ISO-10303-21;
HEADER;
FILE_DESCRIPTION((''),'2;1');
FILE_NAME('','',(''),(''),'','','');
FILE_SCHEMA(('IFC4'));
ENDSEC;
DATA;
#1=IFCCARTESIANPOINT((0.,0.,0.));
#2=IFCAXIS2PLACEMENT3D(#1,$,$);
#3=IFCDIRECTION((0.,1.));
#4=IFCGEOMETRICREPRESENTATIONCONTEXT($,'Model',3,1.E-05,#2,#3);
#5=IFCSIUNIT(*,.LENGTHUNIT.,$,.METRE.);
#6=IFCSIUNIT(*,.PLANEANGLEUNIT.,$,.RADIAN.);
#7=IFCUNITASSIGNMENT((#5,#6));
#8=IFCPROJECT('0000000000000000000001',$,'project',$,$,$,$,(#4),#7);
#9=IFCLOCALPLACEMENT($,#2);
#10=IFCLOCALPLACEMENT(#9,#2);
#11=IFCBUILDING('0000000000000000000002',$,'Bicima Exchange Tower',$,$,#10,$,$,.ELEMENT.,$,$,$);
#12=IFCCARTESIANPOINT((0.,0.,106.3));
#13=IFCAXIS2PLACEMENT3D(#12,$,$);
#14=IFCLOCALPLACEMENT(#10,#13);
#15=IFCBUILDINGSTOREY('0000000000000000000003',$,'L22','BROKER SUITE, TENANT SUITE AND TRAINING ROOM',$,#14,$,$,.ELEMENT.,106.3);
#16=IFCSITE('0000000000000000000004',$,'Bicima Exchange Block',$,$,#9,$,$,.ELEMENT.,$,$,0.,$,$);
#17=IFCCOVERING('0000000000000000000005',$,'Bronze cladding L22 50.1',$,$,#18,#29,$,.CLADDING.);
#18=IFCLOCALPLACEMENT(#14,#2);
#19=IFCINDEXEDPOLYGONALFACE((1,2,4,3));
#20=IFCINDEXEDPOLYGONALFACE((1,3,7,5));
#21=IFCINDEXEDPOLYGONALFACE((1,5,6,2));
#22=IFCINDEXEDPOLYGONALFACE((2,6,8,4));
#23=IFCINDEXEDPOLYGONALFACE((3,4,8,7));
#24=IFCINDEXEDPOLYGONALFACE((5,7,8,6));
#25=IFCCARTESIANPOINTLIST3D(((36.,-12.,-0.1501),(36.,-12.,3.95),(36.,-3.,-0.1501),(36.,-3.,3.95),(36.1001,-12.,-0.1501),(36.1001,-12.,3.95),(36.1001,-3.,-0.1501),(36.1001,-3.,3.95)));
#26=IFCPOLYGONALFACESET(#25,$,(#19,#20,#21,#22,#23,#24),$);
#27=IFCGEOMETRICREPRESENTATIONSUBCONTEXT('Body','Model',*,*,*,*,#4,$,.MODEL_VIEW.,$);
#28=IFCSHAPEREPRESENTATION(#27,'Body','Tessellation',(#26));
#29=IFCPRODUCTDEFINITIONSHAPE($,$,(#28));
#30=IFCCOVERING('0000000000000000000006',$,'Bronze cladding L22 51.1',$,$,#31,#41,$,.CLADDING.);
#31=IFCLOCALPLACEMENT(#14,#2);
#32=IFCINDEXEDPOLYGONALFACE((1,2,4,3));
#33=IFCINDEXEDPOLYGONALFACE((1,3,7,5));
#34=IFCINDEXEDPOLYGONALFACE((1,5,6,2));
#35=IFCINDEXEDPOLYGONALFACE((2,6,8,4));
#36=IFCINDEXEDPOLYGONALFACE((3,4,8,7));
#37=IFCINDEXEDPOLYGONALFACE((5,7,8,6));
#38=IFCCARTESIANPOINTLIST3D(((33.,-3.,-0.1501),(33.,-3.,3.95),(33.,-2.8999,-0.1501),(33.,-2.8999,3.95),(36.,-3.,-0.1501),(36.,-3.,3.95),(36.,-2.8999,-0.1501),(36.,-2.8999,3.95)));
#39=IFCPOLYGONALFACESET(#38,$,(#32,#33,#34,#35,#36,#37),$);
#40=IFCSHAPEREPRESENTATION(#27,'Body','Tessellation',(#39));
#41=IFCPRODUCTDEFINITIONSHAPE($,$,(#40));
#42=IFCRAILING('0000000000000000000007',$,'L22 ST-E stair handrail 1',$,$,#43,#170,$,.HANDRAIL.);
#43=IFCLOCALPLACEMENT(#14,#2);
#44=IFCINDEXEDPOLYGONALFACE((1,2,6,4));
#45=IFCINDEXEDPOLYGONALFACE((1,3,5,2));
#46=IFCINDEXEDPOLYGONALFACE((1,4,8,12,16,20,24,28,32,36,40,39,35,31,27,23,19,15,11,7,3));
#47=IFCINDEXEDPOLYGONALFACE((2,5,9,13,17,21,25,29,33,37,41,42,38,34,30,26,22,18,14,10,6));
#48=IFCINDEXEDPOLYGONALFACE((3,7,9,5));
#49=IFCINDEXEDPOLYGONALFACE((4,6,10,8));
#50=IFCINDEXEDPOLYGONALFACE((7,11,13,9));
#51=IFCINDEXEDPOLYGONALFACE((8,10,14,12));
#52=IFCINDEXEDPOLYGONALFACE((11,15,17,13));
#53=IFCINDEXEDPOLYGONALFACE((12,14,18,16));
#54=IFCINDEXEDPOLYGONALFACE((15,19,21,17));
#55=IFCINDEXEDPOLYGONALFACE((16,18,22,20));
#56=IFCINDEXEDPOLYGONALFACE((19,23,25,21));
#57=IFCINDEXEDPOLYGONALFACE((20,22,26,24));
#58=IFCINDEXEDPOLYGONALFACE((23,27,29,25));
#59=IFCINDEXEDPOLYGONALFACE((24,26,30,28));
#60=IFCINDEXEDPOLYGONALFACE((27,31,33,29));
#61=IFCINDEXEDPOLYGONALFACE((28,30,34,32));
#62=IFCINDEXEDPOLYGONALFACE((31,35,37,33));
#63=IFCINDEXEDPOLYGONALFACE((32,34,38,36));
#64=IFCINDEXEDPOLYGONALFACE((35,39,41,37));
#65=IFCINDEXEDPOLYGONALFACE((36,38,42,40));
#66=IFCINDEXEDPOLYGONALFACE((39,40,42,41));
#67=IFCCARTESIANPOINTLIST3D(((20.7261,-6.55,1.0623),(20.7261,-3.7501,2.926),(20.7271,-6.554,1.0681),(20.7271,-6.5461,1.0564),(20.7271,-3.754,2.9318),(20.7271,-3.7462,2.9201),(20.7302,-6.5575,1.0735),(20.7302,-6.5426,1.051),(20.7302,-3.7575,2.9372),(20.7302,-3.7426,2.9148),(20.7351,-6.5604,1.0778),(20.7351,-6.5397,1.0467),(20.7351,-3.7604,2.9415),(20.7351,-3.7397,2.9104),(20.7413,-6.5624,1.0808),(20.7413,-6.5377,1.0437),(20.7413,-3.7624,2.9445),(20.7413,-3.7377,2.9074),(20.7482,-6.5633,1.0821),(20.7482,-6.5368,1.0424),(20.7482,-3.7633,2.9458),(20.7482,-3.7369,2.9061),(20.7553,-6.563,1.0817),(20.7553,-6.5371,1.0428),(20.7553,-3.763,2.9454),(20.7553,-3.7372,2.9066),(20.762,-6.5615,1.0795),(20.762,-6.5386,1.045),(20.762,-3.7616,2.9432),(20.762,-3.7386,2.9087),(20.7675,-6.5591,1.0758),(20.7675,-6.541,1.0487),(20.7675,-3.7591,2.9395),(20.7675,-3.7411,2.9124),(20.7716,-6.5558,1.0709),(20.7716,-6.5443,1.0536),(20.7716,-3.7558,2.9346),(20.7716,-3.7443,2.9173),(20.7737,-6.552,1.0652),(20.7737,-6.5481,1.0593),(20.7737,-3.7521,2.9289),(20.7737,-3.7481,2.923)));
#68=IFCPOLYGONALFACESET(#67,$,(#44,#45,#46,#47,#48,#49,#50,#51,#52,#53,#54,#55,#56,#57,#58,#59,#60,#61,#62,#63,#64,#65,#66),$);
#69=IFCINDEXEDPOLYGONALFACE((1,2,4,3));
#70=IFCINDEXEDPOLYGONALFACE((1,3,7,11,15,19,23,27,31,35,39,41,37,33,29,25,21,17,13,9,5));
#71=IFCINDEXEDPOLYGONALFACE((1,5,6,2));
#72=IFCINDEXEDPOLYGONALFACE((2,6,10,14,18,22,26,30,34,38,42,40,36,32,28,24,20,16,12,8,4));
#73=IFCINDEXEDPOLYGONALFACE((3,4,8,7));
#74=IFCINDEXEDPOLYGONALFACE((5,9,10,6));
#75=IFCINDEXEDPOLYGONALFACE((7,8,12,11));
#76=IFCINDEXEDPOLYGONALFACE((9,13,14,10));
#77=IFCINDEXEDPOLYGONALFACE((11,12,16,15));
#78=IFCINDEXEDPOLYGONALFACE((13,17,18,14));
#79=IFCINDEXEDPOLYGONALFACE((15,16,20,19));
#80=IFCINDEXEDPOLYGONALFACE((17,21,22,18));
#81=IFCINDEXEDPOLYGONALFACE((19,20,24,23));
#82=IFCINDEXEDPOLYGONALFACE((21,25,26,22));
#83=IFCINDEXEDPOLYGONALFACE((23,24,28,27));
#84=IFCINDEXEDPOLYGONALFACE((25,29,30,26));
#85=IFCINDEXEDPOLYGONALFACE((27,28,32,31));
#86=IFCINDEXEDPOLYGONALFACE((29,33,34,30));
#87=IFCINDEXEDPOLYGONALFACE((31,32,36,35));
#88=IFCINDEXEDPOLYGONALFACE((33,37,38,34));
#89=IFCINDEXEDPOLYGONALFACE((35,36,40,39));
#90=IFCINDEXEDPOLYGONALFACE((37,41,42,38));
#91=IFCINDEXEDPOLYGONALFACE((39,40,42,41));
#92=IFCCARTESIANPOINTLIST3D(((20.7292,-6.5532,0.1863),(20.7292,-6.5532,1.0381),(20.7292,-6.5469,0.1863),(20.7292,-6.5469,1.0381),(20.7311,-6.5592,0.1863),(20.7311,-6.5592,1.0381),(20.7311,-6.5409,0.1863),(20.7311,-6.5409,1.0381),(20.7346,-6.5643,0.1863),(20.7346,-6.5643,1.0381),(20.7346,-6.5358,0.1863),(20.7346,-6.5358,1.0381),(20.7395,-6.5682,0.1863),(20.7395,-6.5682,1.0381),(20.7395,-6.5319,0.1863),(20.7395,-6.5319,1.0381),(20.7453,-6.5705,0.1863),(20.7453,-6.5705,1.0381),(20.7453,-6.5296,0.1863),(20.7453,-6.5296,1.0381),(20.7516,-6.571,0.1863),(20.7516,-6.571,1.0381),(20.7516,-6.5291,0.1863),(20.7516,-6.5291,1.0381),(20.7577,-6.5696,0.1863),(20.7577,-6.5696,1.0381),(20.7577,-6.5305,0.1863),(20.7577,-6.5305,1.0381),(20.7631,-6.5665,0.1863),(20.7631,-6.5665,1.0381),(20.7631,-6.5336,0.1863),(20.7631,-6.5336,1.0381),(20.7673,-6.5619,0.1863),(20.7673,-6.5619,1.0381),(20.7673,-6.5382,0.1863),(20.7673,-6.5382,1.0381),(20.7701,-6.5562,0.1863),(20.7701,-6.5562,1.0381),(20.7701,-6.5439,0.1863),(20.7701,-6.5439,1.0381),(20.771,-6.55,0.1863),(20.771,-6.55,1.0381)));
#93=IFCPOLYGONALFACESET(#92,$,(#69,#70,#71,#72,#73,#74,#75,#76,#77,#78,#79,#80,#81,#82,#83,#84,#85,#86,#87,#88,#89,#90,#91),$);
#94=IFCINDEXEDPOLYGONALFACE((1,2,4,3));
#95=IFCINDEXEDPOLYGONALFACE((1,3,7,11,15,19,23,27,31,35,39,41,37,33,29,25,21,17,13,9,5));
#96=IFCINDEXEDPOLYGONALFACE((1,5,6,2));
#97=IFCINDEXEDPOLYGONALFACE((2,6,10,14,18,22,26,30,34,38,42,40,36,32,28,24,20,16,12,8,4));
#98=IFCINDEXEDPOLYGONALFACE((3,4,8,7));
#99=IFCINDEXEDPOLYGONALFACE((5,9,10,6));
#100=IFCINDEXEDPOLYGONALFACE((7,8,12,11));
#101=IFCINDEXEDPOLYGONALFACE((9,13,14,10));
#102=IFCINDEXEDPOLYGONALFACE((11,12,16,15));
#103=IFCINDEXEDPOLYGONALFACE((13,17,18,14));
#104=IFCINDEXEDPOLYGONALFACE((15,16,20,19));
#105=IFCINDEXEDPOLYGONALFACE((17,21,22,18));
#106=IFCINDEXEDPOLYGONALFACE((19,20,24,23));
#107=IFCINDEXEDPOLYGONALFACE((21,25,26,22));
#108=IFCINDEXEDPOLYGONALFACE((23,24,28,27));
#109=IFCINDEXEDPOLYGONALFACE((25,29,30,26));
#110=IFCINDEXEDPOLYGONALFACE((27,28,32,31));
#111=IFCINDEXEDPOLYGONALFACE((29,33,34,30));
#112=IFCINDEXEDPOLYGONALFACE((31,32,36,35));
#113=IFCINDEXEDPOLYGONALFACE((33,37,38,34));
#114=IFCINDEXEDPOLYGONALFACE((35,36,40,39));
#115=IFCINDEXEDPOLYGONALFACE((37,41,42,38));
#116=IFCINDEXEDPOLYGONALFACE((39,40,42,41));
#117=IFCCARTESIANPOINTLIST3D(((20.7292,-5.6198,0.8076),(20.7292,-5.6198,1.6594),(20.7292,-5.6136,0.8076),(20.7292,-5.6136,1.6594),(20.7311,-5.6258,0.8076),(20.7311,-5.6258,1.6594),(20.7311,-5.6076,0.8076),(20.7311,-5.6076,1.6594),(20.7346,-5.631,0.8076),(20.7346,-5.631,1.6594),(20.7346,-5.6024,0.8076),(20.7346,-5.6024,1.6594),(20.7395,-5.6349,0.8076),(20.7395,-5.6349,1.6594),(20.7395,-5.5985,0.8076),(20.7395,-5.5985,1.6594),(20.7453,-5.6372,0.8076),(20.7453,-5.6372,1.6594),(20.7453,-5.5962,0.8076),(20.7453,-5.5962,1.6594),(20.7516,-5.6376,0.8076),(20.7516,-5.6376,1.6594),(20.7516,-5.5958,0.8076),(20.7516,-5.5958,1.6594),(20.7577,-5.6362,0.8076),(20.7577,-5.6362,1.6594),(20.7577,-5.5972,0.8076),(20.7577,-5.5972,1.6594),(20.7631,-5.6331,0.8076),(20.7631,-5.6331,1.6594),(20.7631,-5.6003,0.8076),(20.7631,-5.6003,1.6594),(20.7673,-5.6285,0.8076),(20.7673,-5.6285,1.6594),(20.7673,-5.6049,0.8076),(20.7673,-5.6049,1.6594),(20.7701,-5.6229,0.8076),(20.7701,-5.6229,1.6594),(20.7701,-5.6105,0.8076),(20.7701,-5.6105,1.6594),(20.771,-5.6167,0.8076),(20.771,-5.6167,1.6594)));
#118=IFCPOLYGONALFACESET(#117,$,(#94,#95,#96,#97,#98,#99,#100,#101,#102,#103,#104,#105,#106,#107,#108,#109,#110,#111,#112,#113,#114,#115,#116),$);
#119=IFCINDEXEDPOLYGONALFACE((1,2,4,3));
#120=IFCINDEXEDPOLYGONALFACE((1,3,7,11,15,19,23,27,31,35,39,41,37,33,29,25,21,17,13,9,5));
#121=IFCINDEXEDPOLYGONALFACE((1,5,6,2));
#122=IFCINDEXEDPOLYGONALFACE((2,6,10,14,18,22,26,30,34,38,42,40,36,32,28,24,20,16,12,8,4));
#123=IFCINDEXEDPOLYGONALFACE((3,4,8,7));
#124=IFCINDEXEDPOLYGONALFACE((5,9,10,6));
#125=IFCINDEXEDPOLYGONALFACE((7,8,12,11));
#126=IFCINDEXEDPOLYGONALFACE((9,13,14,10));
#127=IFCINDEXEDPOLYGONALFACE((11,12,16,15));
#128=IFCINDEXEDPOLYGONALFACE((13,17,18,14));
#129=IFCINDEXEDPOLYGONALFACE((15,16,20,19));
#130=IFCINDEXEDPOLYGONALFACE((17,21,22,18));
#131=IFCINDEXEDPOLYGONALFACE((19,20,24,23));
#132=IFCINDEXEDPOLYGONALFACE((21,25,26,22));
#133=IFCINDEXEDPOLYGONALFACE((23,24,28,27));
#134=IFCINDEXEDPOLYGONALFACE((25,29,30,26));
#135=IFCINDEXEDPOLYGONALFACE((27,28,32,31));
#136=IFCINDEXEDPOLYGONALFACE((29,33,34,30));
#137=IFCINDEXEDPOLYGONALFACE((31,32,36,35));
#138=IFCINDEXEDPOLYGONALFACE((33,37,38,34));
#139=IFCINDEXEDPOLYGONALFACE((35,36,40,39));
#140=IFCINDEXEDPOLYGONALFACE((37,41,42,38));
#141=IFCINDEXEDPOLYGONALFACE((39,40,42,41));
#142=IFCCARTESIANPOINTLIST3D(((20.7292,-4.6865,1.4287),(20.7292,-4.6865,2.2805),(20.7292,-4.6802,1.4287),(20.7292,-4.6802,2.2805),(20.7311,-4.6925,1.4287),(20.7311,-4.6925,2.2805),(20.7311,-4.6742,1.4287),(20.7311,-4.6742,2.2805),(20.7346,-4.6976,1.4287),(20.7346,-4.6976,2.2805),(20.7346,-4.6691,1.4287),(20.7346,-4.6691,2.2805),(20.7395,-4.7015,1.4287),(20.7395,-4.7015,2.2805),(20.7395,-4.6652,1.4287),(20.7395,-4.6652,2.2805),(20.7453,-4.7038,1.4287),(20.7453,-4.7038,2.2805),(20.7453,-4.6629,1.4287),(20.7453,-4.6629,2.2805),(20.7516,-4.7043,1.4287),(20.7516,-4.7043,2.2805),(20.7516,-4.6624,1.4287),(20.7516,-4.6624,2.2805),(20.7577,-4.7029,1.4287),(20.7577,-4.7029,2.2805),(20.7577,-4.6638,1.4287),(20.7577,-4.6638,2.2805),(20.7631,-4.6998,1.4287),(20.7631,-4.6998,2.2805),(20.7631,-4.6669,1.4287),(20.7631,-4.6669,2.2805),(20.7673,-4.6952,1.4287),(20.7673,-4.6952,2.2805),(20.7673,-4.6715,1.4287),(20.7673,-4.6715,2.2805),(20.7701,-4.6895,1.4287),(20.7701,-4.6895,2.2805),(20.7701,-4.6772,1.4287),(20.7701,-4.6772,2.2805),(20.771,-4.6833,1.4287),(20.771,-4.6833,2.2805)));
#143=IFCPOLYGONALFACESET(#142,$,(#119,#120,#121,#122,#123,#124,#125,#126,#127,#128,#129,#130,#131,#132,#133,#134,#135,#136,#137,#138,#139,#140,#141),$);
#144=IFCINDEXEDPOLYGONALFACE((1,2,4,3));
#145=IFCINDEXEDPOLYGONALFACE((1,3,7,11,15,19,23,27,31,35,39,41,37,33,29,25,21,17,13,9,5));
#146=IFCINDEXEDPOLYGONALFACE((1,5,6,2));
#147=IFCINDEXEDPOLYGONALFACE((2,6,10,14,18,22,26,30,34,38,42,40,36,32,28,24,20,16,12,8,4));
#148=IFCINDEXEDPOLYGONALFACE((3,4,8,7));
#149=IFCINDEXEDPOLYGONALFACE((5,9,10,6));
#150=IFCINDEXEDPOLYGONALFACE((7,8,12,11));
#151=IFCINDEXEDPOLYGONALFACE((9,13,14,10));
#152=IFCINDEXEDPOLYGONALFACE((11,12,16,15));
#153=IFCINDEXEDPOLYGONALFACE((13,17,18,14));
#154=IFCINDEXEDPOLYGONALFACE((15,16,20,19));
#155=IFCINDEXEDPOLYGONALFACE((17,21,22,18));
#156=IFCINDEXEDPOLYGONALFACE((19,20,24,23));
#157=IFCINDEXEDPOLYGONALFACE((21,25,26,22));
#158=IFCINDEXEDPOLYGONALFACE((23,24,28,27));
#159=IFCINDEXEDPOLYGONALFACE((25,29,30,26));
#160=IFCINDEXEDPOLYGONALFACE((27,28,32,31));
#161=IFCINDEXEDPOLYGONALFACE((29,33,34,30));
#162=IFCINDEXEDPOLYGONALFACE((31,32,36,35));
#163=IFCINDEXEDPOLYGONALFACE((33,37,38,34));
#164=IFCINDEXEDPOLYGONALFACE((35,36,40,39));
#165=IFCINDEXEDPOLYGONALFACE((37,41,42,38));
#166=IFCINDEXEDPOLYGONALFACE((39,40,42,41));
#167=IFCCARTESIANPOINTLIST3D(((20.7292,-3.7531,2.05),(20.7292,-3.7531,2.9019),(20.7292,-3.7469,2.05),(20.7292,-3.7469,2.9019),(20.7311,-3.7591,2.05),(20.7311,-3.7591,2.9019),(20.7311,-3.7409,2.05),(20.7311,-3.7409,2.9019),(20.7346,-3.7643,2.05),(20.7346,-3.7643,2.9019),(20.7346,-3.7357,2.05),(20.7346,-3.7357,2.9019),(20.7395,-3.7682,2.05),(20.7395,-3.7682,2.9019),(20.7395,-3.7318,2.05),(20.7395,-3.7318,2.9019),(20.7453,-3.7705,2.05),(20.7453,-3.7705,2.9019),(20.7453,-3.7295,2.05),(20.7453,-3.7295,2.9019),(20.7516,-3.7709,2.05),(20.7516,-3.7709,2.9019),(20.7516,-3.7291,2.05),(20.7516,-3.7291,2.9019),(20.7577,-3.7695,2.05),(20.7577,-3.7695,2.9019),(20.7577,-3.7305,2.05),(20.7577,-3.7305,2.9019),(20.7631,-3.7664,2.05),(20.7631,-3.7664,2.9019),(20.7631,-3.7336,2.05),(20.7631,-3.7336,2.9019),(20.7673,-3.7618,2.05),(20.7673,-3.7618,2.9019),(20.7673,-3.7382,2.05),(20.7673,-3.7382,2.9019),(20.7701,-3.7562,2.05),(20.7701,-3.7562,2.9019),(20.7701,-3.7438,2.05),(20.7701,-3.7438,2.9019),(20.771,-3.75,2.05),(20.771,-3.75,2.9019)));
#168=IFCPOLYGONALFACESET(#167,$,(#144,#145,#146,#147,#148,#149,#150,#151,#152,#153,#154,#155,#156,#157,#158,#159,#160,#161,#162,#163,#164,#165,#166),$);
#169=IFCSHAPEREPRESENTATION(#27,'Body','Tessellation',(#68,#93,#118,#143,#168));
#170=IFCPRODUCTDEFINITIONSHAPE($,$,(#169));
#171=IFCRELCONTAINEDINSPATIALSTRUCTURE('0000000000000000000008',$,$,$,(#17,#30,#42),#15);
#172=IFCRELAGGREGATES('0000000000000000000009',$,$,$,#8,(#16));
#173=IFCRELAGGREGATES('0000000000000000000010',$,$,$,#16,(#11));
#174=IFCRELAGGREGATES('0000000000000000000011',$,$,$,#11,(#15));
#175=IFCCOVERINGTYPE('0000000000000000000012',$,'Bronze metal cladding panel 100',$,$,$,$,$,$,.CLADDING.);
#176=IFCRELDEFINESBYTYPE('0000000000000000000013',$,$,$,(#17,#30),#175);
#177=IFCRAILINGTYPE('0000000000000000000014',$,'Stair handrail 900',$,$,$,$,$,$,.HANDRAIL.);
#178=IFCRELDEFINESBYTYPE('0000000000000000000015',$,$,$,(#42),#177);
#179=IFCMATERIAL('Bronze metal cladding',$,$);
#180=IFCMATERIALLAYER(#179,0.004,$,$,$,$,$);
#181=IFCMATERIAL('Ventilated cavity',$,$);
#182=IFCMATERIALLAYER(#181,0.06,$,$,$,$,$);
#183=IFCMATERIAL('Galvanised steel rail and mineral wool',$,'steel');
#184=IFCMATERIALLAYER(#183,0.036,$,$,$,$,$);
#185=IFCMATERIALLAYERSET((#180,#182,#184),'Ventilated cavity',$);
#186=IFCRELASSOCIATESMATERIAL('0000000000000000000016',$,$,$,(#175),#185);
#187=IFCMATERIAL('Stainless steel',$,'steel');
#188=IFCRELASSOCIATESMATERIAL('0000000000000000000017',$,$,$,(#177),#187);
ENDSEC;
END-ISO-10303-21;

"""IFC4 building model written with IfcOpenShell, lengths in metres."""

from ifc_helpers import new_model, si_unit, direction, frame, origin, origin_2d, place, context, subcontext, project, spatial, rectangle, circle, extrude, material, layer, layer_set, type_object, element, save


model = new_model("IFC4")

# Units and contexts
model_context = context("Model", 3, precision=1e-05, world=origin(), true_north=direction((0.0, 1.0)))
body_context = subcontext(model_context, "Body", "Model", "MODEL_VIEW")
ifc_project = project(units=[si_unit("LENGTHUNIT", "METRE"), si_unit("PLANEANGLEUNIT", "RADIAN")], contexts=[model_context])

# Site, building, storey
site_placement = place(None, origin())
site = spatial("IfcSite", under=ifc_project, at=site_placement, Name="Bicima Exchange Block", CompositionType="ELEMENT", RefElevation=0.0)
building_placement = place(site_placement, origin())
building = spatial("IfcBuilding", under=site, at=building_placement, Name="Bicima Exchange Tower", CompositionType="ELEMENT")
storey_placement = place(building_placement, frame((0.0, 0.0, 106.3)))
storey = spatial("IfcBuildingStorey", under=building, at=storey_placement, Name="L22", Description="BROKER SUITE, TENANT SUITE AND TRAINING ROOM", CompositionType="ELEMENT", Elevation=106.3)

# Coverings
ifc_material_1 = material(Name="Bronze metal cladding")
ifc_layer_1 = layer(ifc_material_1, 0.004)
ifc_material_2 = material(Name="Ventilated cavity")
ifc_layer_2 = layer(ifc_material_2, 0.06)
ifc_material_3 = material(Name="Galvanised steel rail and mineral wool", Category="steel")
ifc_layer_3 = layer(ifc_material_3, 0.036)
ifc_layer_set_1 = layer_set([ifc_layer_1, ifc_layer_2, ifc_layer_3], Name="Ventilated cavity")
covering_type = type_object("IfcCoveringType", Name="Bronze metal cladding panel 100", PredefinedType="CLADDING", material=ifc_layer_set_1)
covering_1_placement = place(storey_placement, frame((36.05, -7.5, -0.1501), z_axis=(0.0, 0.0, 1.0), x_axis=(0.0, 1.0, 0.0)))
element("IfcCovering", 1, at=covering_1_placement, inside=storey, type_object=covering_type, Name="Bronze cladding L22 50.1", PredefinedType="CLADDING", context=body_context, shape_type="SweptSolid", body=[
    extrude(rectangle(XDim=9.0, YDim=0.1001, at=origin_2d()), origin(), (0.0, 0.0, 1.0), 4.1001),
])
covering_2_placement = place(storey_placement, frame((34.5, -2.95, -0.1501), z_axis=(0.0, 0.0, 1.0), x_axis=(-1.0, 0.0, 0.0)))
element("IfcCovering", 2, at=covering_2_placement, inside=storey, type_object=covering_type, Name="Bronze cladding L22 51.1", PredefinedType="CLADDING", context=body_context, shape_type="SweptSolid", body=[
    extrude(rectangle(XDim=3.0, YDim=0.1001, at=origin_2d()), origin(), (0.0, 0.0, 1.0), 4.1001),
])

# Railing
ifc_material_4 = material(Name="Stainless steel", Category="steel")
railing_type = type_object("IfcRailingType", Name="Stair handrail 900", PredefinedType="HANDRAIL", material=ifc_material_4)
railing_1_placement = place(storey_placement, frame((20.75, -6.55, 0.1863)))
element("IfcRailing", 3, at=railing_1_placement, inside=storey, type_object=railing_type, Name="L22 ST-E stair handrail 1", PredefinedType="HANDRAIL", context=body_context, shape_type="SweptSolid", body=[
    extrude(circle(Radius=0.0239, at=origin_2d()), frame((0.0, 0.0, 0.876), z_axis=(0.0, 0.832452, 0.554097), x_axis=(-1.0, 0.0, 0.0)), (0.0, 0.0, 1.0), 3.3635),
    extrude(circle(Radius=0.021, at=origin_2d()), origin(), (0.0, 0.0, 1.0), 0.8518),
    extrude(circle(Radius=0.021, at=origin_2d()), frame((0.0, 0.9333, 0.6213)), (0.0, 0.0, 1.0), 0.8518),
    extrude(circle(Radius=0.021, at=origin_2d()), frame((0.0, 1.8667, 1.2424)), (0.0, 0.0, 1.0), 0.8518),
    extrude(circle(Radius=0.021, at=origin_2d()), frame((0.0, 2.8, 1.8638)), (0.0, 0.0, 1.0), 0.8518),
])

save(model, "model.ifc")
